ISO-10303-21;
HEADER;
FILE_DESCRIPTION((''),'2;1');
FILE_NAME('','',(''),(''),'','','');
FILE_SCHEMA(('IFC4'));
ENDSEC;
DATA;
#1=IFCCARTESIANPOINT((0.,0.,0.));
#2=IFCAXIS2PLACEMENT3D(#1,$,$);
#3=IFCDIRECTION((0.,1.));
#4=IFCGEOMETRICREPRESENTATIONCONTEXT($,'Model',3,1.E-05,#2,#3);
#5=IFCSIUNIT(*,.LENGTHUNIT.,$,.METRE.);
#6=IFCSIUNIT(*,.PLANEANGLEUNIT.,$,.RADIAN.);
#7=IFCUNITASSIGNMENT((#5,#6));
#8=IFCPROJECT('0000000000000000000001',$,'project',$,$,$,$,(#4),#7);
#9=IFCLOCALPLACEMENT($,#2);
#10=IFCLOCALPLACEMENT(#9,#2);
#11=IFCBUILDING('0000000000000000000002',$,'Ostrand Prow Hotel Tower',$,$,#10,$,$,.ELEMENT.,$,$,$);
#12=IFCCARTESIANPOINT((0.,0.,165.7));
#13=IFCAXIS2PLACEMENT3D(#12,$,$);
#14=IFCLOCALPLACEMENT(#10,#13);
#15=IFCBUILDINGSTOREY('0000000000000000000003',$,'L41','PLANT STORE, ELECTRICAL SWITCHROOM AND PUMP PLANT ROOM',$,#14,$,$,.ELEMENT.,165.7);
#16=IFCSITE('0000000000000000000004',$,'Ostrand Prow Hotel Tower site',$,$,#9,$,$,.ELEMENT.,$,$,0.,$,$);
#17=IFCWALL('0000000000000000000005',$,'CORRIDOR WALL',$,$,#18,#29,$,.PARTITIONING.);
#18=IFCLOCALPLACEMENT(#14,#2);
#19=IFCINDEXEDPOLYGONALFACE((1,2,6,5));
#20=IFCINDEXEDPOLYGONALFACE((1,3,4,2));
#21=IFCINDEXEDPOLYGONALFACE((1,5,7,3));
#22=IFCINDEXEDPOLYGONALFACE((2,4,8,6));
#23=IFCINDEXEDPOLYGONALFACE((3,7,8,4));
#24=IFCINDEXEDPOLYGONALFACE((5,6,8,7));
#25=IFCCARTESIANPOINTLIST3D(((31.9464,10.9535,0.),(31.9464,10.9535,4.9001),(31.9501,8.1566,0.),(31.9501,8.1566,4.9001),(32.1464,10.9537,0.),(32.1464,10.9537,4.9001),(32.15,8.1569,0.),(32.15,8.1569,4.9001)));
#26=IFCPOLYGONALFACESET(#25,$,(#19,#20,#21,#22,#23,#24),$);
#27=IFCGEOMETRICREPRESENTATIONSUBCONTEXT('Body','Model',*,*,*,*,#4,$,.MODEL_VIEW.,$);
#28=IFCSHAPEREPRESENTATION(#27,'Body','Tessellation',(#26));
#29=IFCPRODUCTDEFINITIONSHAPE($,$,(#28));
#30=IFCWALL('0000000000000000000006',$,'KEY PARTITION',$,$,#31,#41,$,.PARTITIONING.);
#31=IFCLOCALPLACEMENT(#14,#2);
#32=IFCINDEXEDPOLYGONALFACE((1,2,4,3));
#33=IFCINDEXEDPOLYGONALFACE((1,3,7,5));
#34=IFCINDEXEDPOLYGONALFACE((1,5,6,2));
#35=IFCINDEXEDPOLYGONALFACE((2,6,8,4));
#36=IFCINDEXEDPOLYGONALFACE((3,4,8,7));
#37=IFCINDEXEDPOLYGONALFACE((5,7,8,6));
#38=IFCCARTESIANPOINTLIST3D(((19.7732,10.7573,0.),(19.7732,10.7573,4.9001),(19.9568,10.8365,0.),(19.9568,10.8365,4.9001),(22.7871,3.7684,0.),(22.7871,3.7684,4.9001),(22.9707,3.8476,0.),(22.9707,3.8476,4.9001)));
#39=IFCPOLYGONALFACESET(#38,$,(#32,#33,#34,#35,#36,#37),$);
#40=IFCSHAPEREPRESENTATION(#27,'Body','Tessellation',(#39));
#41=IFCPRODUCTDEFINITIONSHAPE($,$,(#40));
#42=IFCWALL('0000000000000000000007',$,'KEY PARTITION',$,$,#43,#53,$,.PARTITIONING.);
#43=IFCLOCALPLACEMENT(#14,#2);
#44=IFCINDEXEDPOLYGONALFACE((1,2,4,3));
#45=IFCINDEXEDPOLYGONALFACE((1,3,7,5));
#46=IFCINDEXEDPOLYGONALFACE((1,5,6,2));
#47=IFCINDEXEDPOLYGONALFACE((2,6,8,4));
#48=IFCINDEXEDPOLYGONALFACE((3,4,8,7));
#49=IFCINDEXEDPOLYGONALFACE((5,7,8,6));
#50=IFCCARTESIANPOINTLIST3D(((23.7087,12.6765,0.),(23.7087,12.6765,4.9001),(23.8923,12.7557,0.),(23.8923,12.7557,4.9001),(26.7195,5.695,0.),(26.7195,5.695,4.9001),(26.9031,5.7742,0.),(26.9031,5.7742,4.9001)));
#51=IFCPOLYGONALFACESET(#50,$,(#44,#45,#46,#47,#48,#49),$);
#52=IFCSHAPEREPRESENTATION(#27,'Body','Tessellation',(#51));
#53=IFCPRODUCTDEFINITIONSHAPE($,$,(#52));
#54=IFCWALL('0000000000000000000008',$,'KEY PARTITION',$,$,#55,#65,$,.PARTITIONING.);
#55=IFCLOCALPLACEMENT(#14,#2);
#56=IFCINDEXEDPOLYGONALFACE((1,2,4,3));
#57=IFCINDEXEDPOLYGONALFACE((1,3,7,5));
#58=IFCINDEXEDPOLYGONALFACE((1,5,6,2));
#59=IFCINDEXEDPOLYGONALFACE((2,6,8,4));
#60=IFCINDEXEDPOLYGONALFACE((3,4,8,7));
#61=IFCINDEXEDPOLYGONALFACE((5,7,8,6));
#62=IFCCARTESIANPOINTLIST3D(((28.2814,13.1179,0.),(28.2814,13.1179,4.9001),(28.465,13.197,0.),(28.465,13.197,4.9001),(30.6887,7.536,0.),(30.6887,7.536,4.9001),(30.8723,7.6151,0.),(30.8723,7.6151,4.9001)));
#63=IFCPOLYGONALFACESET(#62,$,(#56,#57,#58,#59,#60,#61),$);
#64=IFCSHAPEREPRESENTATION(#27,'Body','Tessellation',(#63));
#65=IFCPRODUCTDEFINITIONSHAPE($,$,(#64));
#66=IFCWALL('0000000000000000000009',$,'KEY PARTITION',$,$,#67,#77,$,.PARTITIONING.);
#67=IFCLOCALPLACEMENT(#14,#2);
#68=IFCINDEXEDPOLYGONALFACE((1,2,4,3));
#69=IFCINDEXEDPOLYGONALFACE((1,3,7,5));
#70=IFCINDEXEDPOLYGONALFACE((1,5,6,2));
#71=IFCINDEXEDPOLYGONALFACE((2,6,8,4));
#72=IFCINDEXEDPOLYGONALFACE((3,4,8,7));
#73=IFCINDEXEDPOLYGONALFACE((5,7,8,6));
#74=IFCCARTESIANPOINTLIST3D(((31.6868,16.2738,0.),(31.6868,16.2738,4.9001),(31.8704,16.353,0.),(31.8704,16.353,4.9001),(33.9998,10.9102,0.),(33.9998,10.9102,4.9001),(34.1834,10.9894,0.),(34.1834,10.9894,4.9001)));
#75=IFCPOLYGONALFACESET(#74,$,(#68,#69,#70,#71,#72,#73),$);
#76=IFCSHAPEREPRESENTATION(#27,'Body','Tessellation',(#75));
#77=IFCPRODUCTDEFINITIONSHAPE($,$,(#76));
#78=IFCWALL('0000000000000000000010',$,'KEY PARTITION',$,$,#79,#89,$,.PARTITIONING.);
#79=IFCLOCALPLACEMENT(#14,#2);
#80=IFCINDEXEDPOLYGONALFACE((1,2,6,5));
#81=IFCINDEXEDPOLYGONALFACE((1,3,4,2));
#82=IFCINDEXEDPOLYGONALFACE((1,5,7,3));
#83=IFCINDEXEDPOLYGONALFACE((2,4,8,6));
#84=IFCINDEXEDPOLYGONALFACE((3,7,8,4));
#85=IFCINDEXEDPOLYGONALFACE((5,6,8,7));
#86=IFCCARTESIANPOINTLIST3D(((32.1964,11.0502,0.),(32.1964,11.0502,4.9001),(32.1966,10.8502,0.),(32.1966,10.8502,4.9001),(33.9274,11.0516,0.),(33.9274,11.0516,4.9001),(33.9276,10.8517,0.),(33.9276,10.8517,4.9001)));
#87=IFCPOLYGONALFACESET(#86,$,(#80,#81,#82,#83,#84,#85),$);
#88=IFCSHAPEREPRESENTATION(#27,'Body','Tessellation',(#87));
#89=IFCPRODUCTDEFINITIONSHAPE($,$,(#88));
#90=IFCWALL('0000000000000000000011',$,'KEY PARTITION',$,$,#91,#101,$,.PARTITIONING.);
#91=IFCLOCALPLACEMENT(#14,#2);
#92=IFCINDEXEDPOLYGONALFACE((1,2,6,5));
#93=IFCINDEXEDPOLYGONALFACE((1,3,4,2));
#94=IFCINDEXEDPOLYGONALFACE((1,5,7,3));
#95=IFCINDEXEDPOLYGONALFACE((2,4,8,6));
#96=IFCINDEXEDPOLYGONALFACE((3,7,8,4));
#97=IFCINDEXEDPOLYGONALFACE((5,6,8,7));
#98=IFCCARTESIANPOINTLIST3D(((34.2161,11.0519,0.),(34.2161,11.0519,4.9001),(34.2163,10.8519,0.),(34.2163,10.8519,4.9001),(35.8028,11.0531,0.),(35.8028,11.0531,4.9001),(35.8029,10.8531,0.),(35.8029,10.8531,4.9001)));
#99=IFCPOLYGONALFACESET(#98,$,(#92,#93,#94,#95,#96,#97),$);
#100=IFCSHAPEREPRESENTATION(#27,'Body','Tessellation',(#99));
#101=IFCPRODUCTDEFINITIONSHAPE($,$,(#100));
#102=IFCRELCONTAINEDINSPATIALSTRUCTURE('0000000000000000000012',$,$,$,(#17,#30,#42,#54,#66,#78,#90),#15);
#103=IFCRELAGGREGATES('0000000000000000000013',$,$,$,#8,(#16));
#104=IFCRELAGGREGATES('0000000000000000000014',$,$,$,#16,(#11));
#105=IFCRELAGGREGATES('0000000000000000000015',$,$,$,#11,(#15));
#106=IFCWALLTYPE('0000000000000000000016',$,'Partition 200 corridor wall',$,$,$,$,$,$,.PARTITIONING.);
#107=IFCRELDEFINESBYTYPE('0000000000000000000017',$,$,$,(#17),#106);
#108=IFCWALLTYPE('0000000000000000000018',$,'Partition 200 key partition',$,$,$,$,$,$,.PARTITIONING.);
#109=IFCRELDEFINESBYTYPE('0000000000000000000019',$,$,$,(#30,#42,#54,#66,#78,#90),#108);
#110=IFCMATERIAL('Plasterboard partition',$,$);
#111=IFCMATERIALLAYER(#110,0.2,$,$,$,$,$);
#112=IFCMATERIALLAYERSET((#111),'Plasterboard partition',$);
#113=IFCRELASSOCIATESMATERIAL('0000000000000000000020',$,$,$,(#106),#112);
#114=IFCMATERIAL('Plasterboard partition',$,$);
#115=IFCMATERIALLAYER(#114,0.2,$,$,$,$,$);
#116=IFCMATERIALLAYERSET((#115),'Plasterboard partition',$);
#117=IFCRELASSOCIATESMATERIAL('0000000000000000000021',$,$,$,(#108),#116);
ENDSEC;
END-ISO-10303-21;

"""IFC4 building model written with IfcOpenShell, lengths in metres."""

from ifc_helpers import new_model, si_unit, direction, frame, frame_2d, origin, place, context, subcontext, project, spatial, rectangle, extrude, material, layer, layer_set, type_object, element, save


model = new_model("IFC4")

# Units and contexts
model_context = context("Model", 3, precision=1e-05, world=origin(), true_north=direction((0.0, 1.0)))
body_context = subcontext(model_context, "Body", "Model", "MODEL_VIEW")
ifc_project = project(units=[si_unit("LENGTHUNIT", "METRE"), si_unit("PLANEANGLEUNIT", "RADIAN")], contexts=[model_context])

# Site, building, storey
site_placement = place(None, origin())
site = spatial("IfcSite", under=ifc_project, at=site_placement, Name="Ostrand Prow Hotel Tower site", CompositionType="ELEMENT", RefElevation=0.0)
building_placement = place(site_placement, origin())
building = spatial("IfcBuilding", under=site, at=building_placement, Name="Ostrand Prow Hotel Tower", CompositionType="ELEMENT")
storey_placement = place(building_placement, frame((0.0, 0.0, 165.7)))
storey = spatial("IfcBuildingStorey", under=building, at=storey_placement, Name="L41", Description="PLANT STORE, ELECTRICAL SWITCHROOM AND PUMP PLANT ROOM", CompositionType="ELEMENT", Elevation=165.7)

# Shared definitions
ifc_material_1 = material(Name="Plasterboard partition")
ifc_layer_1 = layer(ifc_material_1, 0.2)
ifc_layer_set_1 = layer_set([ifc_layer_1], Name="Plasterboard partition")
wall_type_1 = type_object("IfcWallType", Name="Partition 200 corridor wall", PredefinedType="PARTITIONING", material=ifc_layer_set_1)

# Walls
wall_1_placement = place(storey_placement, frame((32.0464, 10.9536, 0.0), z_axis=(0.0, 0.0, 1.0), x_axis=(0.001309, -0.999999, 0.0)))
element("IfcWall", 1, at=wall_1_placement, inside=storey, type_object=wall_type_1, Name="CORRIDOR WALL", PredefinedType="PARTITIONING", context=body_context, shape_type="SweptSolid", body=[
    extrude(rectangle(XDim=2.7969, YDim=0.2, at=frame_2d((1.3984, 0.0))), origin(), (0.0, 0.0, 1.0), 4.9001),
])
ifc_material_2 = material(Name="Plasterboard partition")
ifc_layer_2 = layer(ifc_material_2, 0.2)
ifc_layer_set_2 = layer_set([ifc_layer_2], Name="Plasterboard partition")
wall_type_2 = type_object("IfcWallType", Name="Partition 200 key partition", PredefinedType="PARTITIONING", material=ifc_layer_set_2)
wall_2_placement = place(storey_placement, frame((22.8789, 3.8079, 0.0), z_axis=(0.0, 0.0, 1.0), x_axis=(-0.395986, 0.918257, 0.0)))
element("IfcWall", 2, at=wall_2_placement, inside=storey, type_object=wall_type_2, Name="KEY PARTITION", PredefinedType="PARTITIONING", context=body_context, shape_type="SweptSolid", body=[
    extrude(rectangle(XDim=7.6111, YDim=0.2, at=frame_2d((3.8057, 0.0))), origin(), (0.0, 0.0, 1.0), 4.9001),
])
wall_3_placement = place(storey_placement, frame((26.8113, 5.7346, 0.0), z_axis=(0.0, 0.0, 1.0), x_axis=(-0.395996, 0.918252, 0.0)))
element("IfcWall", 3, at=wall_3_placement, inside=storey, type_object=wall_type_2, Name="KEY PARTITION", PredefinedType="PARTITIONING", context=body_context, shape_type="SweptSolid", body=[
    extrude(rectangle(XDim=7.603, YDim=0.2, at=frame_2d((3.8015, 0.0))), origin(), (0.0, 0.0, 1.0), 4.9001),
])
wall_4_placement = place(storey_placement, frame((30.7805, 7.5754, 0.0), z_axis=(0.0, 0.0, 1.0), x_axis=(-0.396007, 0.918247, 0.0)))
element("IfcWall", 4, at=wall_4_placement, inside=storey, type_object=wall_type_2, Name="KEY PARTITION", PredefinedType="PARTITIONING", context=body_context, shape_type="SweptSolid", body=[
    extrude(rectangle(XDim=6.0789, YDim=0.2, at=frame_2d((3.0396, 0.0))), origin(), (0.0, 0.0, 1.0), 4.9001),
])
wall_5_placement = place(storey_placement, frame((34.0916, 10.95, 0.0), z_axis=(0.0, 0.0, 1.0), x_axis=(-0.395992, 0.918254, 0.0)))
element("IfcWall", 5, at=wall_5_placement, inside=storey, type_object=wall_type_2, Name="KEY PARTITION", PredefinedType="PARTITIONING", context=body_context, shape_type="SweptSolid", body=[
    extrude(rectangle(XDim=5.8411, YDim=0.2, at=frame_2d((2.9204, 0.0))), origin(), (0.0, 0.0, 1.0), 4.9001),
])
wall_6_placement = place(storey_placement, frame((32.1965, 10.9502, 0.0), z_axis=(0.0, 0.0, 1.0), x_axis=(1.0, 0.000846, 0.0)))
element("IfcWall", 6, at=wall_6_placement, inside=storey, type_object=wall_type_2, Name="KEY PARTITION", PredefinedType="PARTITIONING", context=body_context, shape_type="SweptSolid", body=[
    extrude(rectangle(XDim=1.731, YDim=0.2, at=frame_2d((0.8655, 0.0))), origin(), (0.0, 0.0, 1.0), 4.9001),
])
wall_7_placement = place(storey_placement, frame((34.2161, 10.9519, 0.0), z_axis=(0.0, 0.0, 1.0), x_axis=(1.0, 0.000769, 0.0)))
element("IfcWall", 7, at=wall_7_placement, inside=storey, type_object=wall_type_2, Name="KEY PARTITION", PredefinedType="PARTITIONING", context=body_context, shape_type="SweptSolid", body=[
    extrude(rectangle(XDim=1.5867, YDim=0.2, at=frame_2d((0.7935, 0.0))), origin(), (0.0, 0.0, 1.0), 4.9001),
])

save(model, "model.ifc")
